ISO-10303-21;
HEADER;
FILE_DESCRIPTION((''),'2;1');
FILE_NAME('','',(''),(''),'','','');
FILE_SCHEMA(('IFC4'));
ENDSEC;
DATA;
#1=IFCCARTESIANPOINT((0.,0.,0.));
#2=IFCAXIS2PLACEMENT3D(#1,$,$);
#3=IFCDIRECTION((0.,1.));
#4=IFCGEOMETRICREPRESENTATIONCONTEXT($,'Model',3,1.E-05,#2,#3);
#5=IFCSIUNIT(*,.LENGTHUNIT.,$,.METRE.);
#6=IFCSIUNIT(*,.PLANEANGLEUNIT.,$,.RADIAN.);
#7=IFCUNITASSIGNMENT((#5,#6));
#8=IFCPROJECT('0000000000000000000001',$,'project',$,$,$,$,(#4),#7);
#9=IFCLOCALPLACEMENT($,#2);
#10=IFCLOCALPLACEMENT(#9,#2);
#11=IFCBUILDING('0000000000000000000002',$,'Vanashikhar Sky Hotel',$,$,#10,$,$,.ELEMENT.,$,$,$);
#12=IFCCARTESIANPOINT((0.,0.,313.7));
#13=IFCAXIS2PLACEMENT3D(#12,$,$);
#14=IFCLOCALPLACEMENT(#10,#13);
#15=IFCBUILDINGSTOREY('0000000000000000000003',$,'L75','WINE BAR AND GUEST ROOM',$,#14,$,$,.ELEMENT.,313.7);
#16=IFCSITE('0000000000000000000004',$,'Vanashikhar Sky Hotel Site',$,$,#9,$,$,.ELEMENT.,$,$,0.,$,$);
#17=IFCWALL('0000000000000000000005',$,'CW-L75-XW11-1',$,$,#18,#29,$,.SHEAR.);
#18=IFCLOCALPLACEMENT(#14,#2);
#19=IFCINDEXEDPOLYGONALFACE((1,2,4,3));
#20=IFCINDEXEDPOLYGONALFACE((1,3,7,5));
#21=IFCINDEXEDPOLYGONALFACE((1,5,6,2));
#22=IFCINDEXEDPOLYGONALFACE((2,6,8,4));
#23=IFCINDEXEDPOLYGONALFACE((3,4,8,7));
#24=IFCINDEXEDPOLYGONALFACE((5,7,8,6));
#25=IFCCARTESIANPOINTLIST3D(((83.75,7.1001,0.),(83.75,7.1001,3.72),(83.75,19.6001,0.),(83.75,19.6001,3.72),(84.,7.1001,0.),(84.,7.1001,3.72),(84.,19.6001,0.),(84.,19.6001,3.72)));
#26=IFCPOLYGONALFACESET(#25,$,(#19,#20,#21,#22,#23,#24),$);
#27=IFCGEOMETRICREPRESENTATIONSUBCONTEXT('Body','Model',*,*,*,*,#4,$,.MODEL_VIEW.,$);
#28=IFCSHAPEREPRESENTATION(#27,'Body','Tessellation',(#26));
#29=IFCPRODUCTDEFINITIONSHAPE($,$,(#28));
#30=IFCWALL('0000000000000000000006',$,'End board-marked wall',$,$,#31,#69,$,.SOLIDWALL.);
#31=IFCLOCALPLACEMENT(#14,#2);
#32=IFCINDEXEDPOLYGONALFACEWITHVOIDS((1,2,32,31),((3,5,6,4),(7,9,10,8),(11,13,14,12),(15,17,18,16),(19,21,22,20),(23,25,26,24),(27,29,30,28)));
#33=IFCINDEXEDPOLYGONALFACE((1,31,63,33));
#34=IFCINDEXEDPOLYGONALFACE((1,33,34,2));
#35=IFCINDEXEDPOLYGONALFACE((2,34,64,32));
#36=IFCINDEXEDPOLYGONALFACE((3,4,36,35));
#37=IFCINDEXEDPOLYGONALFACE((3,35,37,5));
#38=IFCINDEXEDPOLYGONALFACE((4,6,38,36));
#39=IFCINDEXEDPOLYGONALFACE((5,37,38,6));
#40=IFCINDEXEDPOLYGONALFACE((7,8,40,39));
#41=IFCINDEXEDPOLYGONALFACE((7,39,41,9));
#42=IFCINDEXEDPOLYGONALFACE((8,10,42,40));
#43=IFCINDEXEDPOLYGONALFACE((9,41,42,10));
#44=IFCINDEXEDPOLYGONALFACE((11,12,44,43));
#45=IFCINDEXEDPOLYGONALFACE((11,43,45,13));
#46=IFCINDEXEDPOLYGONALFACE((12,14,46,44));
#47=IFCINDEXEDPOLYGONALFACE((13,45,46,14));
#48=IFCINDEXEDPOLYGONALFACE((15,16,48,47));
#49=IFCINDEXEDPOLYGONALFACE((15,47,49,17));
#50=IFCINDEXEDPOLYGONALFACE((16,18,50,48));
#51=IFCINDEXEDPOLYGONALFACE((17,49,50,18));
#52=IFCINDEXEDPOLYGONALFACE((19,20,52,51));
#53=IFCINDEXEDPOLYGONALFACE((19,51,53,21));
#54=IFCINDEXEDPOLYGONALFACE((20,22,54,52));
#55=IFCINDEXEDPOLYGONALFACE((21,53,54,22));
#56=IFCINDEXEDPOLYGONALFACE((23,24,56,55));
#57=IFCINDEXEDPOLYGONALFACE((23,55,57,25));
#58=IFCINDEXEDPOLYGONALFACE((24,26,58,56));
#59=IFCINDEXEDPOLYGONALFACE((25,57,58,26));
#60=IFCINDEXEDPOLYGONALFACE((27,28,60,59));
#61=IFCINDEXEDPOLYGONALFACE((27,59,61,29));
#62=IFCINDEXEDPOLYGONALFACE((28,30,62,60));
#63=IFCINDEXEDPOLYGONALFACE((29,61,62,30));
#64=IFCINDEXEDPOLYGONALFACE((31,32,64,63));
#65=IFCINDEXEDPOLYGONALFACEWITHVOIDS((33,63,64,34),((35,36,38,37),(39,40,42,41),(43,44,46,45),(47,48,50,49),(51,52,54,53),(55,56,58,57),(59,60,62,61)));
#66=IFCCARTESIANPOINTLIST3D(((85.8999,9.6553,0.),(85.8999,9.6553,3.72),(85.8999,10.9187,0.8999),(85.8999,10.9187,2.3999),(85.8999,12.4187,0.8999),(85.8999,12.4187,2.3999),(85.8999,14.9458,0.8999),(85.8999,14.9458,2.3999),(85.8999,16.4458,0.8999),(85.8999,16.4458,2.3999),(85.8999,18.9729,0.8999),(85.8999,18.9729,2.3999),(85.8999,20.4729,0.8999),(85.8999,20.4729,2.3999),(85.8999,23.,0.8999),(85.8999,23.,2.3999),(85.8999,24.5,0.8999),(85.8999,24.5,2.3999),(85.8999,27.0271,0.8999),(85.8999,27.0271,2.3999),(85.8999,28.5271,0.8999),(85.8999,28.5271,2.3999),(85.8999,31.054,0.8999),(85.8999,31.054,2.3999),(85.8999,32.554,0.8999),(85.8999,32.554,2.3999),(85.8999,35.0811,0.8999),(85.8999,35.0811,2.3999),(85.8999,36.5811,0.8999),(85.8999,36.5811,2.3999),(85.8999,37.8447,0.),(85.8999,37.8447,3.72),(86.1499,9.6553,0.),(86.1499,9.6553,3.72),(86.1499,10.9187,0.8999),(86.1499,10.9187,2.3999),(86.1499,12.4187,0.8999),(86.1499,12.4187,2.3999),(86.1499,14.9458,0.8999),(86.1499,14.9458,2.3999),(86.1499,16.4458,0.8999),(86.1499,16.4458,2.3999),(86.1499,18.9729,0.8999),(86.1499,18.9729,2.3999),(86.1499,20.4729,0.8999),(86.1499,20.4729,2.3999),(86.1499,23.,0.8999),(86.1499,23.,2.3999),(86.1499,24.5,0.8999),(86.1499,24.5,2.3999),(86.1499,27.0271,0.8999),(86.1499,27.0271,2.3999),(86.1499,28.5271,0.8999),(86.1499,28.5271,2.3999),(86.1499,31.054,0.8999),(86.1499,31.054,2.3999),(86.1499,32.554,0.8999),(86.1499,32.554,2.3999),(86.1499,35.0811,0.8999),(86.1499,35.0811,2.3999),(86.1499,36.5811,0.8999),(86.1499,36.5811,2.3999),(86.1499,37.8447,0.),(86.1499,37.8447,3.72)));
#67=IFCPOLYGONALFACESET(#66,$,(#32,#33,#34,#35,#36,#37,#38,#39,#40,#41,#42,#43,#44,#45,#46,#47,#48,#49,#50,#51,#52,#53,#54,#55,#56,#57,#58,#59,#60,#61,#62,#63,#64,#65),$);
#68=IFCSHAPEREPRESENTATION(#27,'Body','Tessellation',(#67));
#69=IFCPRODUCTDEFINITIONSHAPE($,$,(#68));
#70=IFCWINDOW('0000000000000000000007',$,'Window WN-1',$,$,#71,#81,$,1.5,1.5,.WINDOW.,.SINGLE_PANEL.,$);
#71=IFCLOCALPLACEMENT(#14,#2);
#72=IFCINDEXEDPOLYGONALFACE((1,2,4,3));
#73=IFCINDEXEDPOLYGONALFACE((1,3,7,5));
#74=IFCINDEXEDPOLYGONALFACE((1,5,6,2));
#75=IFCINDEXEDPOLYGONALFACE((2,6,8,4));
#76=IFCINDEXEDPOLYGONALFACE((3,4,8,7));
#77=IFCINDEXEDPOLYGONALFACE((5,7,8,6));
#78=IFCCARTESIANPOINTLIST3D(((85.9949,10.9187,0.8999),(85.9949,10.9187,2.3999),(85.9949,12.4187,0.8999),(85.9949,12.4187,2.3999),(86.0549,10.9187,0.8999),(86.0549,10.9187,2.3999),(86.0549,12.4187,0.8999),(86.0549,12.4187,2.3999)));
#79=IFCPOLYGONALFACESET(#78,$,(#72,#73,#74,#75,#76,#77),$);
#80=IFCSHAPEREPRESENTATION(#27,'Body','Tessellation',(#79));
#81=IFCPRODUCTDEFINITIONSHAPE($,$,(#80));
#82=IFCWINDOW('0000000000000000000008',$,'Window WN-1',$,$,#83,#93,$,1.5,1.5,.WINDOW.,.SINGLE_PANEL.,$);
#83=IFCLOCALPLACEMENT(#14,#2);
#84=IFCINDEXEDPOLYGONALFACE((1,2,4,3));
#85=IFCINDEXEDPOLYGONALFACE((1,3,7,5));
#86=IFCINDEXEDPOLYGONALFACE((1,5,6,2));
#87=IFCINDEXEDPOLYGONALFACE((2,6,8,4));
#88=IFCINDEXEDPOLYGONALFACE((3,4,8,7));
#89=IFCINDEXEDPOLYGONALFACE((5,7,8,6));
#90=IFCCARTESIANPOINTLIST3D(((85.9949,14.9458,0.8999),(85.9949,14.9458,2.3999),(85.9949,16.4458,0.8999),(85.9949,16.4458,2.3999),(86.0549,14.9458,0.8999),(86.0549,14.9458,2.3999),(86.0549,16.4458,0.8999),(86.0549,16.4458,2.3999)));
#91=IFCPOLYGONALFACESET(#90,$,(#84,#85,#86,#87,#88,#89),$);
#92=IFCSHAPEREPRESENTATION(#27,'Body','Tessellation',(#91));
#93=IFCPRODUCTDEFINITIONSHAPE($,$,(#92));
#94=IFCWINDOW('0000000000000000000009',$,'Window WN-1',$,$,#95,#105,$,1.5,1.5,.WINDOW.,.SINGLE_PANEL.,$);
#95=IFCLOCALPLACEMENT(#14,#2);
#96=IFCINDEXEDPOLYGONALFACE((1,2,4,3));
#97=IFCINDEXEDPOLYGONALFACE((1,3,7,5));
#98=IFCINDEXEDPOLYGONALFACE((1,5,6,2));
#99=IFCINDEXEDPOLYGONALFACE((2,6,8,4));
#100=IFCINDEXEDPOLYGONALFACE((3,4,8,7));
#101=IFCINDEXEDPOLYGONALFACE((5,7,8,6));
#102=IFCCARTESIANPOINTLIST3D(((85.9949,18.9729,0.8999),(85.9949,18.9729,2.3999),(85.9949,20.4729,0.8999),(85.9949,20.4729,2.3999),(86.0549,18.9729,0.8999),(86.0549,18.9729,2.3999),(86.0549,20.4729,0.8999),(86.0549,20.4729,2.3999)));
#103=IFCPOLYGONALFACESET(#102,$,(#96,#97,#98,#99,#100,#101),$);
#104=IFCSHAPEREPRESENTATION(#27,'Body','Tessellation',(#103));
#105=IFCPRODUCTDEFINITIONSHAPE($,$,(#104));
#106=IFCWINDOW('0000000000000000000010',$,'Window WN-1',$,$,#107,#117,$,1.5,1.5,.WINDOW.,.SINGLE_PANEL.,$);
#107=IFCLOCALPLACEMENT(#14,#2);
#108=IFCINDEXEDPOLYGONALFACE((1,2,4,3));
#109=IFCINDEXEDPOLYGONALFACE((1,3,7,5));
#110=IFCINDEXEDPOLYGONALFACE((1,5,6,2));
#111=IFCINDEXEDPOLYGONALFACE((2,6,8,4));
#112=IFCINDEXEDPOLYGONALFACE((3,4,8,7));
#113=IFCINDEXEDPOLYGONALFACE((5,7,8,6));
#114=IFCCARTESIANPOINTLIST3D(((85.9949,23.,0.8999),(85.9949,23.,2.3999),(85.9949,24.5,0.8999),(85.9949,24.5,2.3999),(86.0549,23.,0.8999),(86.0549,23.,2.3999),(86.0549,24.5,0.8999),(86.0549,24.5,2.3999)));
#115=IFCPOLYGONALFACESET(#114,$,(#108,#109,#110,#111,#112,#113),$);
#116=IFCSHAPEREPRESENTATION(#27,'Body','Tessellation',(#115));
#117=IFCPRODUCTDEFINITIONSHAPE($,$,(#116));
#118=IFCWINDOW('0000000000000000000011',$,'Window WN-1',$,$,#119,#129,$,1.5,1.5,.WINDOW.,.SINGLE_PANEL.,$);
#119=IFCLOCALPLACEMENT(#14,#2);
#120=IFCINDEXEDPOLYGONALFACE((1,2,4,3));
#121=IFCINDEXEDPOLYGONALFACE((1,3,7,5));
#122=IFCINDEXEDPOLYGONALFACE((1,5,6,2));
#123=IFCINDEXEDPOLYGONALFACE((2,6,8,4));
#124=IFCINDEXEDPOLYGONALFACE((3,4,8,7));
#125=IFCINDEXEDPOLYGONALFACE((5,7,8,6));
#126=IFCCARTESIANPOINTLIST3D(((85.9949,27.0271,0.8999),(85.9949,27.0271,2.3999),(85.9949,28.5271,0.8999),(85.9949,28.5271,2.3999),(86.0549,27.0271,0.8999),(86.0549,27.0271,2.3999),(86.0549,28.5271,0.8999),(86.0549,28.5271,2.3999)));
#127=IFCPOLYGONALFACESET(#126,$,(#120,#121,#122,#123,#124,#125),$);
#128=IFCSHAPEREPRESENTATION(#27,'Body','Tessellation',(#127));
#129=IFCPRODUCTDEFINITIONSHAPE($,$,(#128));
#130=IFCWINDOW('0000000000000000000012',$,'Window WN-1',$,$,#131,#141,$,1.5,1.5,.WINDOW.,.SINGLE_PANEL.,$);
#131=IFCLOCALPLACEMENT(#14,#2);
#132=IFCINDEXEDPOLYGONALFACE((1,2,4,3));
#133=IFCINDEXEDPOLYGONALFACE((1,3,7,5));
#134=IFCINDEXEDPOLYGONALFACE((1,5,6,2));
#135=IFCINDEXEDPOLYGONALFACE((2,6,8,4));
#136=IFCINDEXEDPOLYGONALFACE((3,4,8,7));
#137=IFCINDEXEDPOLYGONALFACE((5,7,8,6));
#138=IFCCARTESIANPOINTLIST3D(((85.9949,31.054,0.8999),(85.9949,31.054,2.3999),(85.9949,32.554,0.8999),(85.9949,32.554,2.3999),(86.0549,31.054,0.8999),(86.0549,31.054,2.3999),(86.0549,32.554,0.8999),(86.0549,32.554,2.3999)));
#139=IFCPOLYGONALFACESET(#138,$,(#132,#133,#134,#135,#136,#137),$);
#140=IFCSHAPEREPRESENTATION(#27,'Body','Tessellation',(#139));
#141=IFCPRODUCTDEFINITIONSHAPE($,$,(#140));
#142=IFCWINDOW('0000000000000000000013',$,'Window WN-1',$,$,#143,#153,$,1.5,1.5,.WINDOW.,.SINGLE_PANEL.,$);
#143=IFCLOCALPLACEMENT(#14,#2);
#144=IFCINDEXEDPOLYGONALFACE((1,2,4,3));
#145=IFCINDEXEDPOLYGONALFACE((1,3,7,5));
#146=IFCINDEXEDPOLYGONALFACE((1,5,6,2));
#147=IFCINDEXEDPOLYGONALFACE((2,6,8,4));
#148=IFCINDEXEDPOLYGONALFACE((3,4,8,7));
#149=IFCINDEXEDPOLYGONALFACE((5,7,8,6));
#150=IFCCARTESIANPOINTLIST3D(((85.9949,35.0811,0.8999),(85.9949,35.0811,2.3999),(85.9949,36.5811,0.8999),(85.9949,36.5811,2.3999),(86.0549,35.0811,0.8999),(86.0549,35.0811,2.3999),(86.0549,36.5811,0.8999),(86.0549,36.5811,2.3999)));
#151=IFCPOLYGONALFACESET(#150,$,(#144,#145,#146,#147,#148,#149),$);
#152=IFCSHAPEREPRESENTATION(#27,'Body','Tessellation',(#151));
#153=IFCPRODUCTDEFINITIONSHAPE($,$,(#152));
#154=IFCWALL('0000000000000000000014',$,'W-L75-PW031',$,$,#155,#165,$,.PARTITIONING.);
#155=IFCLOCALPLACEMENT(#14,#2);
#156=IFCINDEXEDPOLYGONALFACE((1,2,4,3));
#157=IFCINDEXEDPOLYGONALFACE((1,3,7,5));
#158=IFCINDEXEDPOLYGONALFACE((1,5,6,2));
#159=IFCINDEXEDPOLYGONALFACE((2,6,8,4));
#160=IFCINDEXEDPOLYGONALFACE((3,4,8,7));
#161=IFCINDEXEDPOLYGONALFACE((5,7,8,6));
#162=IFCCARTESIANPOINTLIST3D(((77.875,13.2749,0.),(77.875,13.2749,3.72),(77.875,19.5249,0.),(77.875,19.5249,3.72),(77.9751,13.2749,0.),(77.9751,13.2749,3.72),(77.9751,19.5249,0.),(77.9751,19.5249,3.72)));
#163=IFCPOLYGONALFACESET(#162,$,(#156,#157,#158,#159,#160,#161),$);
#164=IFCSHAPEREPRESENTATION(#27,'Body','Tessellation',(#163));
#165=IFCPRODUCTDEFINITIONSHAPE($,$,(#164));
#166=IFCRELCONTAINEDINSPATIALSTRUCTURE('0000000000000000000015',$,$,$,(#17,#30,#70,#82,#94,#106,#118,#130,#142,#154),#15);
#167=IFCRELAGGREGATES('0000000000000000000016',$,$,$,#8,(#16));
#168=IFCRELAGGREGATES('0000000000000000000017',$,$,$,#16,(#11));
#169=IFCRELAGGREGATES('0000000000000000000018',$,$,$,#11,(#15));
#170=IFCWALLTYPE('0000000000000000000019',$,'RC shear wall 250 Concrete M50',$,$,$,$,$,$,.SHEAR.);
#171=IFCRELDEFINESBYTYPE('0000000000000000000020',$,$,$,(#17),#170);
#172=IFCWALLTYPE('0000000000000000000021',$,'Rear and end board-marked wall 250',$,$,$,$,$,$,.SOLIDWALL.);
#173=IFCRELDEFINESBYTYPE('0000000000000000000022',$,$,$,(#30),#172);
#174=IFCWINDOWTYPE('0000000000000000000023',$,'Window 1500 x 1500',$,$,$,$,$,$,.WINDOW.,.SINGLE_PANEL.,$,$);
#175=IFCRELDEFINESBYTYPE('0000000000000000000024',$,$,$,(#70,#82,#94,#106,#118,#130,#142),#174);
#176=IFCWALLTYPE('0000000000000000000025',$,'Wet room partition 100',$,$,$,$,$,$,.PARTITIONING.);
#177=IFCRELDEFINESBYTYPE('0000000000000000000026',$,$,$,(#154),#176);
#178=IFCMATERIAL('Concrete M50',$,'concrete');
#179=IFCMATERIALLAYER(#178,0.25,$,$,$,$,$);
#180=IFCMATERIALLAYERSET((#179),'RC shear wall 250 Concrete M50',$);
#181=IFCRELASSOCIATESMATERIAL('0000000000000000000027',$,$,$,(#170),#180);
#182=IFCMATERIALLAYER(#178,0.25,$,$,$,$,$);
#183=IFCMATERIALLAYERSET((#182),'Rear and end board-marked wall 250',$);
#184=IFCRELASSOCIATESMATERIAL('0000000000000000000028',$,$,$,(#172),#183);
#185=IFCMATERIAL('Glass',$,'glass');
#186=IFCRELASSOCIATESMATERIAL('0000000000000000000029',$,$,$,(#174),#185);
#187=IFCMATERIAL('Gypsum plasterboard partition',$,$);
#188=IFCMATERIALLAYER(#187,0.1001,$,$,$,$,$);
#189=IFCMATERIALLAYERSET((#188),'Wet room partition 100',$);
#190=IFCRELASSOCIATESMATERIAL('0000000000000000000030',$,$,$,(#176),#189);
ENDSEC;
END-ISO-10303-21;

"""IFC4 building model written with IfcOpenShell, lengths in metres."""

from ifc_helpers import new_model, si_unit, direction, frame, frame_2d, origin, place, context, subcontext, project, spatial, rectangle, extrude, source, transform, mapped, material, layer, layer_set, type_object, element, fill, save


model = new_model("IFC4")

# Units and contexts
model_context = context("Model", 3, precision=1e-05, world=origin(), true_north=direction((0.0, 1.0)))
body_context = subcontext(model_context, "Body", "Model", "MODEL_VIEW")
ifc_project = project(units=[si_unit("LENGTHUNIT", "METRE"), si_unit("PLANEANGLEUNIT", "RADIAN")], contexts=[model_context])

# Site, building, storey
site_placement = place(None, origin())
site = spatial("IfcSite", under=ifc_project, at=site_placement, Name="Vanashikhar Sky Hotel Site", CompositionType="ELEMENT", RefElevation=0.0)
building_placement = place(site_placement, origin())
building = spatial("IfcBuilding", under=site, at=building_placement, Name="Vanashikhar Sky Hotel", CompositionType="ELEMENT")
storey_placement = place(building_placement, frame((0.0, 0.0, 313.7)))
storey = spatial("IfcBuildingStorey", under=building, at=storey_placement, Name="L75", Description="WINE BAR AND GUEST ROOM", CompositionType="ELEMENT", Elevation=313.7)

# Wall
ifc_material_1 = material(Name="Concrete M50", Category="concrete")
ifc_layer_1 = layer(ifc_material_1, 0.25)
ifc_layer_set_1 = layer_set([ifc_layer_1], Name="RC shear wall 250 Concrete M50")
wall_type_1 = type_object("IfcWallType", Name="RC shear wall 250 Concrete M50", PredefinedType="SHEAR", material=ifc_layer_set_1)
shared_shape_1 = source(origin(), body_context, "Body", "SweptSolid", [
    extrude(rectangle(XDim=12.5, YDim=0.25, at=frame_2d((6.25, 0.0))), origin(), (0.0, 0.0, 1.0), 3.72),
])
wall_1_placement = place(storey_placement, frame((83.875, 7.1001, 0.0), z_axis=(0.0, 0.0, 1.0), x_axis=(0.0, 1.0, 0.0)))
element("IfcWall", 1, at=wall_1_placement, inside=storey, type_object=wall_type_1, Name="CW-L75-XW11-1", PredefinedType="SHEAR", context=body_context, shape_type="MappedRepresentation", body=[
    mapped(shared_shape_1, transform((0.0, 0.0, 0.0), scale=1.0)),
])

# Wall, openings, windows
ifc_layer_2 = layer(ifc_material_1, 0.25)
ifc_layer_set_2 = layer_set([ifc_layer_2], Name="Rear and end board-marked wall 250")
wall_type_2 = type_object("IfcWallType", Name="Rear and end board-marked wall 250", PredefinedType="SOLIDWALL", material=ifc_layer_set_2)
shared_shape_2 = source(origin(), body_context, "Body", "SweptSolid", [
    extrude(rectangle(XDim=28.1895, YDim=0.25, at=frame_2d((14.0947, 0.0))), origin(), (0.0, 0.0, 1.0), 3.72),
])
wall_2_placement = place(storey_placement, frame((86.0249, 9.6553, 0.0), z_axis=(0.0, 0.0, 1.0), x_axis=(0.0, 1.0, 0.0)))
wall_2 = element("IfcWall", 2, at=wall_2_placement, inside=storey, type_object=wall_type_2, Name="End board-marked wall", PredefinedType="SOLIDWALL", context=body_context, shape_type="MappedRepresentation", body=[
    mapped(shared_shape_2, transform((0.0, 0.0, 0.0), scale=1.0)),
])
shared_shape_3 = source(origin(), body_context, "Body", "SweptSolid", [
    extrude(rectangle(XDim=1.5, YDim=1.5, at=frame_2d((0.75, 0.75))), frame((0.0, 0.135, 0.0), z_axis=(0.0, -1.0, 0.0), x_axis=(1.0, 0.0, 0.0)), (0.0, 0.0, 1.0), 0.27),
])
opening_1_placement = place(wall_2_placement, frame((1.2634, 0.0, 0.8999)))
opening_1 = element("IfcOpeningElement", 3, at=opening_1_placement, cuts=wall_2, PredefinedType="OPENING", context=body_context, shape_type="MappedRepresentation", body=[
    mapped(shared_shape_3, transform((0.0, 0.0, 0.0), scale=1.0)),
])
opening_2_placement = place(wall_2_placement, frame((5.2905, 0.0, 0.8999)))
opening_2 = element("IfcOpeningElement", 4, at=opening_2_placement, cuts=wall_2, PredefinedType="OPENING", context=body_context, shape_type="MappedRepresentation", body=[
    mapped(shared_shape_3, transform((0.0, 0.0, 0.0), scale=1.0)),
])
opening_3_placement = place(wall_2_placement, frame((9.3176, 0.0, 0.8999)))
opening_3 = element("IfcOpeningElement", 5, at=opening_3_placement, cuts=wall_2, PredefinedType="OPENING", context=body_context, shape_type="MappedRepresentation", body=[
    mapped(shared_shape_3, transform((0.0, 0.0, 0.0), scale=1.0)),
])
opening_4_placement = place(wall_2_placement, frame((13.3447, 0.0, 0.8999)))
opening_4 = element("IfcOpeningElement", 6, at=opening_4_placement, cuts=wall_2, PredefinedType="OPENING", context=body_context, shape_type="MappedRepresentation", body=[
    mapped(shared_shape_3, transform((0.0, 0.0, 0.0), scale=1.0)),
])
opening_5_placement = place(wall_2_placement, frame((17.3718, 0.0, 0.8999)))
opening_5 = element("IfcOpeningElement", 7, at=opening_5_placement, cuts=wall_2, PredefinedType="OPENING", context=body_context, shape_type="MappedRepresentation", body=[
    mapped(shared_shape_3, transform((0.0, 0.0, 0.0), scale=1.0)),
])
opening_6_placement = place(wall_2_placement, frame((21.3987, 0.0, 0.8999)))
opening_6 = element("IfcOpeningElement", 8, at=opening_6_placement, cuts=wall_2, PredefinedType="OPENING", context=body_context, shape_type="MappedRepresentation", body=[
    mapped(shared_shape_3, transform((0.0, 0.0, 0.0), scale=1.0)),
])
opening_7_placement = place(wall_2_placement, frame((25.4258, 0.0, 0.8999)))
opening_7 = element("IfcOpeningElement", 9, at=opening_7_placement, cuts=wall_2, PredefinedType="OPENING", context=body_context, shape_type="MappedRepresentation", body=[
    mapped(shared_shape_3, transform((0.0, 0.0, 0.0), scale=1.0)),
])
ifc_material_2 = material(Name="Glass", Category="glass")
window_type = type_object("IfcWindowType", Name="Window 1500 x 1500", PartitioningType="SINGLE_PANEL", PredefinedType="WINDOW", material=ifc_material_2)
shared_shape_4 = source(origin(), body_context, "Body", "SweptSolid", [
    extrude(rectangle(XDim=1.5, YDim=1.5, at=frame_2d((0.75, 0.75))), frame((0.0, 0.03, 0.0), z_axis=(0.0, -1.0, 0.0), x_axis=(1.0, 0.0, 0.0)), (0.0, 0.0, 1.0), 0.0601),
])
window_1_placement = place(opening_1_placement, origin())
window_1 = element("IfcWindow", 10, at=window_1_placement, inside=storey, type_object=window_type, Name="Window WN-1", OverallHeight=1.5, OverallWidth=1.5, PartitioningType="SINGLE_PANEL", PredefinedType="WINDOW", context=body_context, shape_type="MappedRepresentation", body=[
    mapped(shared_shape_4, transform((0.0, 0.0, 0.0), scale=1.0)),
])
fill(opening_1, window_1)
window_2_placement = place(opening_2_placement, origin())
window_2 = element("IfcWindow", 11, at=window_2_placement, inside=storey, type_object=window_type, Name="Window WN-1", OverallHeight=1.5, OverallWidth=1.5, PartitioningType="SINGLE_PANEL", PredefinedType="WINDOW", context=body_context, shape_type="MappedRepresentation", body=[
    mapped(shared_shape_4, transform((0.0, 0.0, 0.0), scale=1.0)),
])
fill(opening_2, window_2)
window_3_placement = place(opening_3_placement, origin())
window_3 = element("IfcWindow", 12, at=window_3_placement, inside=storey, type_object=window_type, Name="Window WN-1", OverallHeight=1.5, OverallWidth=1.5, PartitioningType="SINGLE_PANEL", PredefinedType="WINDOW", context=body_context, shape_type="MappedRepresentation", body=[
    mapped(shared_shape_4, transform((0.0, 0.0, 0.0), scale=1.0)),
])
fill(opening_3, window_3)
window_4_placement = place(opening_4_placement, origin())
window_4 = element("IfcWindow", 13, at=window_4_placement, inside=storey, type_object=window_type, Name="Window WN-1", OverallHeight=1.5, OverallWidth=1.5, PartitioningType="SINGLE_PANEL", PredefinedType="WINDOW", context=body_context, shape_type="MappedRepresentation", body=[
    mapped(shared_shape_4, transform((0.0, 0.0, 0.0), scale=1.0)),
])
fill(opening_4, window_4)
window_5_placement = place(opening_5_placement, origin())
window_5 = element("IfcWindow", 14, at=window_5_placement, inside=storey, type_object=window_type, Name="Window WN-1", OverallHeight=1.5, OverallWidth=1.5, PartitioningType="SINGLE_PANEL", PredefinedType="WINDOW", context=body_context, shape_type="MappedRepresentation", body=[
    mapped(shared_shape_4, transform((0.0, 0.0, 0.0), scale=1.0)),
])
fill(opening_5, window_5)
window_6_placement = place(opening_6_placement, origin())
window_6 = element("IfcWindow", 15, at=window_6_placement, inside=storey, type_object=window_type, Name="Window WN-1", OverallHeight=1.5, OverallWidth=1.5, PartitioningType="SINGLE_PANEL", PredefinedType="WINDOW", context=body_context, shape_type="MappedRepresentation", body=[
    mapped(shared_shape_4, transform((0.0, 0.0, 0.0), scale=1.0)),
])
fill(opening_6, window_6)
window_7_placement = place(opening_7_placement, origin())
window_7 = element("IfcWindow", 16, at=window_7_placement, inside=storey, type_object=window_type, Name="Window WN-1", OverallHeight=1.5, OverallWidth=1.5, PartitioningType="SINGLE_PANEL", PredefinedType="WINDOW", context=body_context, shape_type="MappedRepresentation", body=[
    mapped(shared_shape_4, transform((0.0, 0.0, 0.0), scale=1.0)),
])
fill(opening_7, window_7)

# Wall
ifc_material_3 = material(Name="Gypsum plasterboard partition")
ifc_layer_3 = layer(ifc_material_3, 0.1001)
ifc_layer_set_3 = layer_set([ifc_layer_3], Name="Wet room partition 100")
wall_type_3 = type_object("IfcWallType", Name="Wet room partition 100", PredefinedType="PARTITIONING", material=ifc_layer_set_3)
shared_shape_5 = source(origin(), body_context, "Body", "SweptSolid", [
    extrude(rectangle(XDim=6.25, YDim=0.1001, at=frame_2d((3.125, 0.0))), origin(), (0.0, 0.0, 1.0), 3.72),
])
for number, where, z_axis, x_axis, name in (
    (17, (77.925, 13.2749, 0.0), (0.0, 0.0, 1.0), (0.0, 1.0, 0.0), "W-L75-PW031"),
):
    element("IfcWall", number, at=place(storey_placement, frame(where, z_axis=z_axis, x_axis=x_axis)), inside=storey, type_object=wall_type_3, Name=name, PredefinedType="PARTITIONING", context=body_context, shape_type="MappedRepresentation", body=[
        mapped(shared_shape_5, transform((0.0, 0.0, 0.0), scale=1.0)),
    ])

save(model, "model.ifc")
